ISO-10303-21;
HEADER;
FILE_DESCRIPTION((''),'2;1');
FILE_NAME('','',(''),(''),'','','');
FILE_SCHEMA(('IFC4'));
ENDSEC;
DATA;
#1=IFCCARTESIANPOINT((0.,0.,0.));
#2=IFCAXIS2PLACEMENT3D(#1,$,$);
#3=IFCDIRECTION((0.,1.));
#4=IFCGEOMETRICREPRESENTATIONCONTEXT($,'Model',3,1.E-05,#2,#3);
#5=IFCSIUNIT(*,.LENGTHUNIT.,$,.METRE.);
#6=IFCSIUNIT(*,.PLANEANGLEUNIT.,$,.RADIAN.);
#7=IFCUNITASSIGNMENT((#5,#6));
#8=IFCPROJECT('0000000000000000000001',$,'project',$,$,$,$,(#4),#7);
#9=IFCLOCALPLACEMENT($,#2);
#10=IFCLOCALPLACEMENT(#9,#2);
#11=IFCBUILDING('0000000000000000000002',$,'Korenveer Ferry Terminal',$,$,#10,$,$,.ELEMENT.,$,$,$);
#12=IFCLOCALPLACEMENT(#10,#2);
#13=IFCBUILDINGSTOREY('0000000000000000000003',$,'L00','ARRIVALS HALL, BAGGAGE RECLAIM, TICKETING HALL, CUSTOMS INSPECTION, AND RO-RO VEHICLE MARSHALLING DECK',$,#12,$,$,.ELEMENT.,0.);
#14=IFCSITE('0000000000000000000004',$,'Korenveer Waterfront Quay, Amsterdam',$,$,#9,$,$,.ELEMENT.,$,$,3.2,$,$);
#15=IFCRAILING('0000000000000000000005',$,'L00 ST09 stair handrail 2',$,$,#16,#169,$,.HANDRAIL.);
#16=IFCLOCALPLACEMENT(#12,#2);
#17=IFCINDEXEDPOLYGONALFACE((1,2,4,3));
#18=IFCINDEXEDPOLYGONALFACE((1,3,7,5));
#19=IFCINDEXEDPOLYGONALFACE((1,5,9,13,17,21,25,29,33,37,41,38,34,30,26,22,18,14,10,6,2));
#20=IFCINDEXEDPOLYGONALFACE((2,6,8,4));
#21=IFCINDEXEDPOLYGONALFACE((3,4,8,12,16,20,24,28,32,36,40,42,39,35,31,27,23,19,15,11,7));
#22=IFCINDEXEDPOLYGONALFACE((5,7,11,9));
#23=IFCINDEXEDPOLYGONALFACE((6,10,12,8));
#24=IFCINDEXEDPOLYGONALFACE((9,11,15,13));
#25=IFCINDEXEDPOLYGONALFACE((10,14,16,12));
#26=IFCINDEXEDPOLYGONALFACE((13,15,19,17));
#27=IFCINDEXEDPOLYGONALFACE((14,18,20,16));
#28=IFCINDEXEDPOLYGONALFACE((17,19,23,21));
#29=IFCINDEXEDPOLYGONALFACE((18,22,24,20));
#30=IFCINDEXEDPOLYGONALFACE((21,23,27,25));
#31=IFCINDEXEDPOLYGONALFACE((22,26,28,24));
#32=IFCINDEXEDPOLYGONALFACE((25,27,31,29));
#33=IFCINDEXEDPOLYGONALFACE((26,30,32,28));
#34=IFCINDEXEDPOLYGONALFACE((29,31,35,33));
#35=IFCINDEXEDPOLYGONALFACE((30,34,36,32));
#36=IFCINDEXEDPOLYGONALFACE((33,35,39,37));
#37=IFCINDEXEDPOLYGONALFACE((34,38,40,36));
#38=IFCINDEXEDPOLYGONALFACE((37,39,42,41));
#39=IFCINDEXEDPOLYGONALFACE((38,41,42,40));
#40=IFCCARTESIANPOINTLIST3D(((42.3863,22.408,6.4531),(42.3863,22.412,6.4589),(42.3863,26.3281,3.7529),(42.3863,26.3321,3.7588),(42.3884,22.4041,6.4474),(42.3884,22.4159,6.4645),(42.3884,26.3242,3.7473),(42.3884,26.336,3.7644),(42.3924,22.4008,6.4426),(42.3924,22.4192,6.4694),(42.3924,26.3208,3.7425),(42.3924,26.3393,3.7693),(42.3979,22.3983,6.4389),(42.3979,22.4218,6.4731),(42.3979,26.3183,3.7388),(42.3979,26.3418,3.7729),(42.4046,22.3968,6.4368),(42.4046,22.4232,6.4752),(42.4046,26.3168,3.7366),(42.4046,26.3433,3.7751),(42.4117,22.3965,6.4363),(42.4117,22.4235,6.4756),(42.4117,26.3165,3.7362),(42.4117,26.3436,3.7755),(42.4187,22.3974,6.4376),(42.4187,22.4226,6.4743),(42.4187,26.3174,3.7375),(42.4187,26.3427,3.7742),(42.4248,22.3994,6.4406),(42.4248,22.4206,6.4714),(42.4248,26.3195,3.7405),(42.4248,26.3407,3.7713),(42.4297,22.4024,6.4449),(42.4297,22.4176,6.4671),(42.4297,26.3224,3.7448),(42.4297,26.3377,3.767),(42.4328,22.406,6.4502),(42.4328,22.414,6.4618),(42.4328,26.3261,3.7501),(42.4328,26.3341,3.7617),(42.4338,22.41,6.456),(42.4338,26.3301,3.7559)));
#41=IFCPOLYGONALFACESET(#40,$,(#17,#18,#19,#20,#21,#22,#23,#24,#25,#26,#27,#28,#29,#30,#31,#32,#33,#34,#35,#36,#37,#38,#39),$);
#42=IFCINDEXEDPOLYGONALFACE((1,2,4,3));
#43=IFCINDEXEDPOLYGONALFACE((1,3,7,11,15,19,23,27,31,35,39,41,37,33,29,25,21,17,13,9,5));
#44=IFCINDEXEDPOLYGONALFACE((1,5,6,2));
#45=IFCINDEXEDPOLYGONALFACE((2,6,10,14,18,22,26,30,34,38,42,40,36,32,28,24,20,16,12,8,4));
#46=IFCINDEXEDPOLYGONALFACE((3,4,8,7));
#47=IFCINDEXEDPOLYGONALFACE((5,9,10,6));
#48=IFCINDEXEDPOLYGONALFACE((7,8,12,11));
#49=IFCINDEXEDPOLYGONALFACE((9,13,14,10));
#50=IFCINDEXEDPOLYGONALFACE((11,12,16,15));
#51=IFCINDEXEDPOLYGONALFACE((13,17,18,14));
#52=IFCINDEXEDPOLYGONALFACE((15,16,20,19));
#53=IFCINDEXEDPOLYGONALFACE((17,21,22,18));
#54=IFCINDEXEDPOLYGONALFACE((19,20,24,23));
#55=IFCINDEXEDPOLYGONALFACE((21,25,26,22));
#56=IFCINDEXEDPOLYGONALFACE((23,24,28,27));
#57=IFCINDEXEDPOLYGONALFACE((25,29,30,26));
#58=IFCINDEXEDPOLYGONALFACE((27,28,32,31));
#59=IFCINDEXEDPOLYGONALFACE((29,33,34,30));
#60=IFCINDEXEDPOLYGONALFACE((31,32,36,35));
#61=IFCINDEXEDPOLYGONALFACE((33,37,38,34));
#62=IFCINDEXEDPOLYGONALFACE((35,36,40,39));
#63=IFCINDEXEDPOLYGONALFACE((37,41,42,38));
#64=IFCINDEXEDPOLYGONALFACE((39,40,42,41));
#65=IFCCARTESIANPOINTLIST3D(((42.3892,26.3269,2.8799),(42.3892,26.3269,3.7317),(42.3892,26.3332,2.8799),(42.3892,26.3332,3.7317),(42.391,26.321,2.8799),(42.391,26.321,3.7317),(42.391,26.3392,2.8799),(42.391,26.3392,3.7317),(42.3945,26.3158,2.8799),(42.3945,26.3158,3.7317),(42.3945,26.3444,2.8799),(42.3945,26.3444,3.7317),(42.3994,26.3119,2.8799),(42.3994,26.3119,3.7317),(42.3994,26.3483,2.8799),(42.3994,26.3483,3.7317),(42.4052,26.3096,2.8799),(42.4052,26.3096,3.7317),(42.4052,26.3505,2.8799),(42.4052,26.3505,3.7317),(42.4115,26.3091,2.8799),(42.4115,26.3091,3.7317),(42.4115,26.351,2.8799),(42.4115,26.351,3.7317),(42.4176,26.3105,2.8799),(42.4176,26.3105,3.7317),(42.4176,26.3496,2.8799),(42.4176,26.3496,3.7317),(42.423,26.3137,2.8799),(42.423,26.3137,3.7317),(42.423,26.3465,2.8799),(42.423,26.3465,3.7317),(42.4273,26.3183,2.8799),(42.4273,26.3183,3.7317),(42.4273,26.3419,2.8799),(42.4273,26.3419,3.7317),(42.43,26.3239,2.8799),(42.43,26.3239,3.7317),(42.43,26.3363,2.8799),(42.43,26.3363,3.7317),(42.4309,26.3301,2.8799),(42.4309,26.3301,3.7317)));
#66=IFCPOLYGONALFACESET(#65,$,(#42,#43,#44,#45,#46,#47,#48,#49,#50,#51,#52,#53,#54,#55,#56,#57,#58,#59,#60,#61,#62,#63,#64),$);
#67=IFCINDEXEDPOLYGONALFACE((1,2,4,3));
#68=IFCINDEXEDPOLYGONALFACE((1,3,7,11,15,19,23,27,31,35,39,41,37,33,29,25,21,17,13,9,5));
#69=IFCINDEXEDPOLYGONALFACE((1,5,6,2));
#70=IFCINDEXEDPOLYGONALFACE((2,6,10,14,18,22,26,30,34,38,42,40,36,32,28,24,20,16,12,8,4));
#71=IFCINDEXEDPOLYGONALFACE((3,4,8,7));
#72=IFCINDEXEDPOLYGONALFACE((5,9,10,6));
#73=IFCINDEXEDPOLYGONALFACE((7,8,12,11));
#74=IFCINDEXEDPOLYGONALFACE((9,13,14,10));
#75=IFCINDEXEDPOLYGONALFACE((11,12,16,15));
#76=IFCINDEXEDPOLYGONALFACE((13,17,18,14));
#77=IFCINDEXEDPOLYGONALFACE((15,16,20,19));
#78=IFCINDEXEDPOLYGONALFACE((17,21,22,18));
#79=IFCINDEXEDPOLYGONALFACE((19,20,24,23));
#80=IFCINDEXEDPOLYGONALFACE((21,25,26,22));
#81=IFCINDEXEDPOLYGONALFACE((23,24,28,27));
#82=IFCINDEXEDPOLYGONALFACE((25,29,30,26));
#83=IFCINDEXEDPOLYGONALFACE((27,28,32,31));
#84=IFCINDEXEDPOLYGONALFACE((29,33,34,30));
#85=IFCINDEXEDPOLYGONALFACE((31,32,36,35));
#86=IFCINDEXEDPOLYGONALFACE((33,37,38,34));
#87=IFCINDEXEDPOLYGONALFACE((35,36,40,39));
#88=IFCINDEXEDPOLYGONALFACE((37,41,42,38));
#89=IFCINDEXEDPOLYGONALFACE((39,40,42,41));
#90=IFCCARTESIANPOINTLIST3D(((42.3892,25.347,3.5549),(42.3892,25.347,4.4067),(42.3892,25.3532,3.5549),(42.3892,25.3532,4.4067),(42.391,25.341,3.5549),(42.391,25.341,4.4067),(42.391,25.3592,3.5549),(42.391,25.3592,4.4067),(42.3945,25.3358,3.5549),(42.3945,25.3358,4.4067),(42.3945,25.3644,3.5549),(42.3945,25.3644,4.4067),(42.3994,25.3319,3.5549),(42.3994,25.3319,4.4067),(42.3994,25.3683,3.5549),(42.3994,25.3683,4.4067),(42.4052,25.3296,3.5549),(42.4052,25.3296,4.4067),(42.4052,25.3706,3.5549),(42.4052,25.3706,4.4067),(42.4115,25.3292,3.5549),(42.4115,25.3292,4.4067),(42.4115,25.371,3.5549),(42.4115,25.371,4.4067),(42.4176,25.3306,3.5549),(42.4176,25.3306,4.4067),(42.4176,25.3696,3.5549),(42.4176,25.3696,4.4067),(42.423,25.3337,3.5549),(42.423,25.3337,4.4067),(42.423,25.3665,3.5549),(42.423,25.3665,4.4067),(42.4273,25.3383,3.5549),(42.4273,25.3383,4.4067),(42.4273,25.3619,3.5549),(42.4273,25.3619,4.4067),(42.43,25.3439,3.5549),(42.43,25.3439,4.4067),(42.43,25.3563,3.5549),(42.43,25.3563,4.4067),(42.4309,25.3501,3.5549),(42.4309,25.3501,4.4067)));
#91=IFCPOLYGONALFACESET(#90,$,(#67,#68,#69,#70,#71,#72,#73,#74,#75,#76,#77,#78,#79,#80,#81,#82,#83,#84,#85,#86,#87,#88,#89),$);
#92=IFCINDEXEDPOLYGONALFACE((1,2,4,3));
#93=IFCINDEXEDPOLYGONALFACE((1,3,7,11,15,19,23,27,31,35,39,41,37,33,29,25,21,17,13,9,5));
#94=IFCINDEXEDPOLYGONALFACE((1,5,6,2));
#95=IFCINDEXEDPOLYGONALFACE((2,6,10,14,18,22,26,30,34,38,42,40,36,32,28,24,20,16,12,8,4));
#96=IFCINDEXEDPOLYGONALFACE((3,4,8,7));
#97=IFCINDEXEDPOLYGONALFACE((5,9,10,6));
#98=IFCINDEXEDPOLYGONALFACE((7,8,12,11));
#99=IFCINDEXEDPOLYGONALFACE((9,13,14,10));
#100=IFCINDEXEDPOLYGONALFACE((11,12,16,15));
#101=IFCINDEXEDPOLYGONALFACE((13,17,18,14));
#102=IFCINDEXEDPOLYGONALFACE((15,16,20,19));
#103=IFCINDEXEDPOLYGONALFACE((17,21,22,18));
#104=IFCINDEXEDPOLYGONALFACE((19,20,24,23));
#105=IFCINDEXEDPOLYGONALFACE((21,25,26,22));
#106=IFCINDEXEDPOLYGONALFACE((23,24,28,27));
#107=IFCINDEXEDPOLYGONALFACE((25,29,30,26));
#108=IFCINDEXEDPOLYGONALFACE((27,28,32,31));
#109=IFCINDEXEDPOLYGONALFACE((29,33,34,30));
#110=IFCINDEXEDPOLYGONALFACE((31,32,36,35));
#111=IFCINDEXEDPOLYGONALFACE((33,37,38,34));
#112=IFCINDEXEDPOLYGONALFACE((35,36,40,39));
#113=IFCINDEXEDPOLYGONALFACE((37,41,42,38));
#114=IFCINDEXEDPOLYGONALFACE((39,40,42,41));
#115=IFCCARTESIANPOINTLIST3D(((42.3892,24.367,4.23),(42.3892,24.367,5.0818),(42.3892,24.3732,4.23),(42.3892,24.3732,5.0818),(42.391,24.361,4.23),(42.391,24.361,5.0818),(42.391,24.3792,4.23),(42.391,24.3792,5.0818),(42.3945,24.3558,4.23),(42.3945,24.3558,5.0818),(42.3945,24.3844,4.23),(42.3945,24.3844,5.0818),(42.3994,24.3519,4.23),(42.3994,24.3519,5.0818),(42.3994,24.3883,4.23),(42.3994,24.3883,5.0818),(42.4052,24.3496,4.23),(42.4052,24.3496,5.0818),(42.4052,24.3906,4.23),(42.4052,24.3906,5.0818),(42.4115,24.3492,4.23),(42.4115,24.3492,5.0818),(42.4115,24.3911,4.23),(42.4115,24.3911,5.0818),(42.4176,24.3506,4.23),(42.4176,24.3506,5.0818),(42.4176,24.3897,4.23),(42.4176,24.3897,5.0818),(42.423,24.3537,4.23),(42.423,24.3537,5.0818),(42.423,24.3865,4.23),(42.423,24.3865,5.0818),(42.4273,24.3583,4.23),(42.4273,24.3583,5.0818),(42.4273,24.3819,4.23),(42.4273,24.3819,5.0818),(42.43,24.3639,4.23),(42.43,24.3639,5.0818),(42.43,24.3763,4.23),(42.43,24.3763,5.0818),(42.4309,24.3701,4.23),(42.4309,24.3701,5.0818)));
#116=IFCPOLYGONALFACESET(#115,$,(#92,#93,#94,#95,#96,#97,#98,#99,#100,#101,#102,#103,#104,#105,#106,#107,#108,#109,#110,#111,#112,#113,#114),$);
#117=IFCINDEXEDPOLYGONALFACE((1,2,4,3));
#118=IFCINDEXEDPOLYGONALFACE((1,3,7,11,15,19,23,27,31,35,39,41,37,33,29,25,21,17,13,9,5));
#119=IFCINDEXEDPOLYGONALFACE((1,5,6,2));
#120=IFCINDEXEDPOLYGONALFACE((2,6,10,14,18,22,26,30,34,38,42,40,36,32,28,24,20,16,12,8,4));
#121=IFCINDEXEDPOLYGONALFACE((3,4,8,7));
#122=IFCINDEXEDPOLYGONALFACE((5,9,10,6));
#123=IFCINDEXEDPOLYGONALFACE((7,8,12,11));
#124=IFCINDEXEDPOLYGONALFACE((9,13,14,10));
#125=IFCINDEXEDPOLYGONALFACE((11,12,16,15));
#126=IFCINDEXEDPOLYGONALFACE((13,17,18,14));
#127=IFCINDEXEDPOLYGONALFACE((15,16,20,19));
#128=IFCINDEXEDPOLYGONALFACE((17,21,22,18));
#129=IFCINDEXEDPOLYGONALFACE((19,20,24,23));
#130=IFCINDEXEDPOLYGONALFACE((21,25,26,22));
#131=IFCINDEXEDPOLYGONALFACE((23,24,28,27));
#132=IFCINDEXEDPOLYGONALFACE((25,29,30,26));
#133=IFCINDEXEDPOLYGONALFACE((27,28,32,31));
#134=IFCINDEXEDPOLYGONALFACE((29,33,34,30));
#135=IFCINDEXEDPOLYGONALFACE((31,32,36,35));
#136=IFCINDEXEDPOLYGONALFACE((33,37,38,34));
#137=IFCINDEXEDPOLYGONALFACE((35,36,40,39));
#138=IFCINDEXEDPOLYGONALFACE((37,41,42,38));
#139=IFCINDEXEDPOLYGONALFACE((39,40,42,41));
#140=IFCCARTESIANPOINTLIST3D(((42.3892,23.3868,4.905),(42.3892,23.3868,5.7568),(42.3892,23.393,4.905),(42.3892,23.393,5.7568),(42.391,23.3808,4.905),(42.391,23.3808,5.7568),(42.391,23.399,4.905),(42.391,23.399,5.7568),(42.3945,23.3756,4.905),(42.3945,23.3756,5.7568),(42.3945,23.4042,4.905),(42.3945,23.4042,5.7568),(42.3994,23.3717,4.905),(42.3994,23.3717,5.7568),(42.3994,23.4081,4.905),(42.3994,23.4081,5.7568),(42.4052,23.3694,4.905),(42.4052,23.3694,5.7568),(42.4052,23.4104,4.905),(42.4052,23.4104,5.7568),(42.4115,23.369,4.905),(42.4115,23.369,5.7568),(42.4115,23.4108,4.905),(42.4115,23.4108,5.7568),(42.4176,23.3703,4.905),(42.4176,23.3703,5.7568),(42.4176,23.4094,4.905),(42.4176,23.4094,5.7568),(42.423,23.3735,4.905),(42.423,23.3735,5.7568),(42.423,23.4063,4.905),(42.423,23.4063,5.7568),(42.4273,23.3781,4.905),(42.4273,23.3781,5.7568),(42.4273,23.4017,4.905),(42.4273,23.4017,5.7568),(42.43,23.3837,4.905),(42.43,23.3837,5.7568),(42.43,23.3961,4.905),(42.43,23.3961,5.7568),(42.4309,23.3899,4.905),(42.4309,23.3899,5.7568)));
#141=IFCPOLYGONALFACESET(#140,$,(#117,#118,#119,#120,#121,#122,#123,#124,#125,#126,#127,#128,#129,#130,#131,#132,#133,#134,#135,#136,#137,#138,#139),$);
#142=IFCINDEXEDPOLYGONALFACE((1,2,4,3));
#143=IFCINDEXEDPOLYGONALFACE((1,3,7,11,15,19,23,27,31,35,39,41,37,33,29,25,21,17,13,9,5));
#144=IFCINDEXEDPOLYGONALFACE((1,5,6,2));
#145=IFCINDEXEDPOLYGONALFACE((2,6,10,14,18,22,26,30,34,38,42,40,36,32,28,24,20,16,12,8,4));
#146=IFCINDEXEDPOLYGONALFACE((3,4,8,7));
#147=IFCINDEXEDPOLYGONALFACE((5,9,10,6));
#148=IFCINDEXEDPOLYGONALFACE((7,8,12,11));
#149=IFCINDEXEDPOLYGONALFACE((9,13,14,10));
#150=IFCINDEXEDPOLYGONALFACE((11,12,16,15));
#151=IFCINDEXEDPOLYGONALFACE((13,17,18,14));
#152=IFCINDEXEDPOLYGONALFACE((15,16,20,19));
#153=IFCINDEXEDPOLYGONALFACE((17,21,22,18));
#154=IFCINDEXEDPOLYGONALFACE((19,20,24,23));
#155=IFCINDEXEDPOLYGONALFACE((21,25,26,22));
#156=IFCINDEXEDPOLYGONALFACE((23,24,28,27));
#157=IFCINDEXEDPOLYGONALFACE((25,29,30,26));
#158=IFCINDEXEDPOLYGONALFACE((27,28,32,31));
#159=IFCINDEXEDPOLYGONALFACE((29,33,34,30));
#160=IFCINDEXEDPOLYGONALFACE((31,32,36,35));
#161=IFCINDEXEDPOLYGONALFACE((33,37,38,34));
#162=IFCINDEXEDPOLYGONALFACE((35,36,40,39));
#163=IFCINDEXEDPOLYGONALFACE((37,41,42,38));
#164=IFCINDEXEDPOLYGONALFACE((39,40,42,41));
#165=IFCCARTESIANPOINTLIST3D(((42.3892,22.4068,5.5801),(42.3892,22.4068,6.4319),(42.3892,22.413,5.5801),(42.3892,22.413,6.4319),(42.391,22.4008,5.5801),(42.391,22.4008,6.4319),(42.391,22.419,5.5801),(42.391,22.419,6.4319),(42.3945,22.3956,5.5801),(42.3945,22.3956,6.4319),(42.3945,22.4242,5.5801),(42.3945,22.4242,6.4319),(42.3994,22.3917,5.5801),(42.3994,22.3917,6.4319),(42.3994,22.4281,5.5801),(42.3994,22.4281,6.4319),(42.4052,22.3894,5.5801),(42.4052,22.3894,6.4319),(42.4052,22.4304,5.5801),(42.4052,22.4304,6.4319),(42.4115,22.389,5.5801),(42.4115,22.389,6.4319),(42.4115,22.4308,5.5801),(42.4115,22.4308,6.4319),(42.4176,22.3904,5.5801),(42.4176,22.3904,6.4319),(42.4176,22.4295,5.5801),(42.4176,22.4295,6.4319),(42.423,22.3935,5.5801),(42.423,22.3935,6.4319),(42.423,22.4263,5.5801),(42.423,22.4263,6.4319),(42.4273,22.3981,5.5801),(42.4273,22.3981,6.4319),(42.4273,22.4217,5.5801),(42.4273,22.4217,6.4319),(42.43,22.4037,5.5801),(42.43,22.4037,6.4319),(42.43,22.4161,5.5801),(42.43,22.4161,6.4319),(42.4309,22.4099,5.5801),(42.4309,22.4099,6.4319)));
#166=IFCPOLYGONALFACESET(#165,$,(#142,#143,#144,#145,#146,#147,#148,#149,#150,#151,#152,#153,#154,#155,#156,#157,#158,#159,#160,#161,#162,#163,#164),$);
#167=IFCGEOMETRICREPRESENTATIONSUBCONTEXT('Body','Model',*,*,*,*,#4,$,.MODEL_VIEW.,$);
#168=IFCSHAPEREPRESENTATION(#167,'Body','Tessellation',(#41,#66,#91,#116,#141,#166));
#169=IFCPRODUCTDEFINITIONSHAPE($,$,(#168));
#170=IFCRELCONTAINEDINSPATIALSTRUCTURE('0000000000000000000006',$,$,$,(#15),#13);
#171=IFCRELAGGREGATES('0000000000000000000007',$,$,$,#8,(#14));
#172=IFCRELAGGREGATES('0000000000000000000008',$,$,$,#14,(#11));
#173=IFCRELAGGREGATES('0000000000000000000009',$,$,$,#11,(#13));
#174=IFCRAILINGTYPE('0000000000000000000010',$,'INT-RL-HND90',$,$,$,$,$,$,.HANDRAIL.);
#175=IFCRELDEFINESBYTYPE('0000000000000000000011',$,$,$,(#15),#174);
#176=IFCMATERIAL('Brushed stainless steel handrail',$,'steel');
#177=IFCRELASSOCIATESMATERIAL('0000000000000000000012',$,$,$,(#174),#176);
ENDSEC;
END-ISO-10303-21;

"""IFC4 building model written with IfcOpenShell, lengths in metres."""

from ifc_helpers import new_model, si_unit, direction, frame, origin, origin_2d, place, context, subcontext, project, spatial, circle, extrude, material, type_object, element, save


model = new_model("IFC4")

# Units and contexts
model_context = context("Model", 3, precision=1e-05, world=origin(), true_north=direction((0.0, 1.0)))
body_context = subcontext(model_context, "Body", "Model", "MODEL_VIEW")
ifc_project = project(units=[si_unit("LENGTHUNIT", "METRE"), si_unit("PLANEANGLEUNIT", "RADIAN")], contexts=[model_context])

# Site, building, storey
site_placement = place(None, origin())
site = spatial("IfcSite", under=ifc_project, at=site_placement, Name="Korenveer Waterfront Quay, Amsterdam", CompositionType="ELEMENT", RefElevation=3.2)
building_placement = place(site_placement, origin())
building = spatial("IfcBuilding", under=site, at=building_placement, Name="Korenveer Ferry Terminal", CompositionType="ELEMENT")
storey_placement = place(building_placement, origin())
storey = spatial("IfcBuildingStorey", under=building, at=storey_placement, Name="L00", Description="ARRIVALS HALL, BAGGAGE RECLAIM, TICKETING HALL, CUSTOMS INSPECTION, AND RO-RO VEHICLE MARSHALLING DECK", CompositionType="ELEMENT", Elevation=0.0)

# Railing
ifc_material_1 = material(Name="Brushed stainless steel handrail", Category="steel")
railing_type = type_object("IfcRailingType", Name="INT-RL-HND90", PredefinedType="HANDRAIL", material=ifc_material_1)
railing_placement = place(storey_placement, frame((42.4099, 26.3301, 2.8799)))
element("IfcRailing", 1, at=railing_placement, inside=storey, type_object=railing_type, Name="L00 ST09 stair handrail 2", PredefinedType="HANDRAIL", context=body_context, shape_type="SweptSolid", body=[
    extrude(circle(Radius=0.0239, at=origin_2d()), frame((0.0, 0.0, 0.876), z_axis=(0.0, -0.823543, 0.567253), x_axis=(1.0, 0.0, 0.0)), (0.0, 0.0, 1.0), 4.76),
    extrude(circle(Radius=0.021, at=origin_2d()), origin(), (0.0, 0.0, 1.0), 0.8518),
    extrude(circle(Radius=0.021, at=origin_2d()), frame((0.0, -0.98, 0.675)), (0.0, 0.0, 1.0), 0.8518),
    extrude(circle(Radius=0.021, at=origin_2d()), frame((0.0, -1.96, 1.3501)), (0.0, 0.0, 1.0), 0.8518),
    extrude(circle(Radius=0.021, at=origin_2d()), frame((0.0, -2.9402, 2.0251)), (0.0, 0.0, 1.0), 0.8518),
    extrude(circle(Radius=0.021, at=origin_2d()), frame((0.0, -3.9202, 2.7002)), (0.0, 0.0, 1.0), 0.8518),
])

save(model, "model.ifc")
